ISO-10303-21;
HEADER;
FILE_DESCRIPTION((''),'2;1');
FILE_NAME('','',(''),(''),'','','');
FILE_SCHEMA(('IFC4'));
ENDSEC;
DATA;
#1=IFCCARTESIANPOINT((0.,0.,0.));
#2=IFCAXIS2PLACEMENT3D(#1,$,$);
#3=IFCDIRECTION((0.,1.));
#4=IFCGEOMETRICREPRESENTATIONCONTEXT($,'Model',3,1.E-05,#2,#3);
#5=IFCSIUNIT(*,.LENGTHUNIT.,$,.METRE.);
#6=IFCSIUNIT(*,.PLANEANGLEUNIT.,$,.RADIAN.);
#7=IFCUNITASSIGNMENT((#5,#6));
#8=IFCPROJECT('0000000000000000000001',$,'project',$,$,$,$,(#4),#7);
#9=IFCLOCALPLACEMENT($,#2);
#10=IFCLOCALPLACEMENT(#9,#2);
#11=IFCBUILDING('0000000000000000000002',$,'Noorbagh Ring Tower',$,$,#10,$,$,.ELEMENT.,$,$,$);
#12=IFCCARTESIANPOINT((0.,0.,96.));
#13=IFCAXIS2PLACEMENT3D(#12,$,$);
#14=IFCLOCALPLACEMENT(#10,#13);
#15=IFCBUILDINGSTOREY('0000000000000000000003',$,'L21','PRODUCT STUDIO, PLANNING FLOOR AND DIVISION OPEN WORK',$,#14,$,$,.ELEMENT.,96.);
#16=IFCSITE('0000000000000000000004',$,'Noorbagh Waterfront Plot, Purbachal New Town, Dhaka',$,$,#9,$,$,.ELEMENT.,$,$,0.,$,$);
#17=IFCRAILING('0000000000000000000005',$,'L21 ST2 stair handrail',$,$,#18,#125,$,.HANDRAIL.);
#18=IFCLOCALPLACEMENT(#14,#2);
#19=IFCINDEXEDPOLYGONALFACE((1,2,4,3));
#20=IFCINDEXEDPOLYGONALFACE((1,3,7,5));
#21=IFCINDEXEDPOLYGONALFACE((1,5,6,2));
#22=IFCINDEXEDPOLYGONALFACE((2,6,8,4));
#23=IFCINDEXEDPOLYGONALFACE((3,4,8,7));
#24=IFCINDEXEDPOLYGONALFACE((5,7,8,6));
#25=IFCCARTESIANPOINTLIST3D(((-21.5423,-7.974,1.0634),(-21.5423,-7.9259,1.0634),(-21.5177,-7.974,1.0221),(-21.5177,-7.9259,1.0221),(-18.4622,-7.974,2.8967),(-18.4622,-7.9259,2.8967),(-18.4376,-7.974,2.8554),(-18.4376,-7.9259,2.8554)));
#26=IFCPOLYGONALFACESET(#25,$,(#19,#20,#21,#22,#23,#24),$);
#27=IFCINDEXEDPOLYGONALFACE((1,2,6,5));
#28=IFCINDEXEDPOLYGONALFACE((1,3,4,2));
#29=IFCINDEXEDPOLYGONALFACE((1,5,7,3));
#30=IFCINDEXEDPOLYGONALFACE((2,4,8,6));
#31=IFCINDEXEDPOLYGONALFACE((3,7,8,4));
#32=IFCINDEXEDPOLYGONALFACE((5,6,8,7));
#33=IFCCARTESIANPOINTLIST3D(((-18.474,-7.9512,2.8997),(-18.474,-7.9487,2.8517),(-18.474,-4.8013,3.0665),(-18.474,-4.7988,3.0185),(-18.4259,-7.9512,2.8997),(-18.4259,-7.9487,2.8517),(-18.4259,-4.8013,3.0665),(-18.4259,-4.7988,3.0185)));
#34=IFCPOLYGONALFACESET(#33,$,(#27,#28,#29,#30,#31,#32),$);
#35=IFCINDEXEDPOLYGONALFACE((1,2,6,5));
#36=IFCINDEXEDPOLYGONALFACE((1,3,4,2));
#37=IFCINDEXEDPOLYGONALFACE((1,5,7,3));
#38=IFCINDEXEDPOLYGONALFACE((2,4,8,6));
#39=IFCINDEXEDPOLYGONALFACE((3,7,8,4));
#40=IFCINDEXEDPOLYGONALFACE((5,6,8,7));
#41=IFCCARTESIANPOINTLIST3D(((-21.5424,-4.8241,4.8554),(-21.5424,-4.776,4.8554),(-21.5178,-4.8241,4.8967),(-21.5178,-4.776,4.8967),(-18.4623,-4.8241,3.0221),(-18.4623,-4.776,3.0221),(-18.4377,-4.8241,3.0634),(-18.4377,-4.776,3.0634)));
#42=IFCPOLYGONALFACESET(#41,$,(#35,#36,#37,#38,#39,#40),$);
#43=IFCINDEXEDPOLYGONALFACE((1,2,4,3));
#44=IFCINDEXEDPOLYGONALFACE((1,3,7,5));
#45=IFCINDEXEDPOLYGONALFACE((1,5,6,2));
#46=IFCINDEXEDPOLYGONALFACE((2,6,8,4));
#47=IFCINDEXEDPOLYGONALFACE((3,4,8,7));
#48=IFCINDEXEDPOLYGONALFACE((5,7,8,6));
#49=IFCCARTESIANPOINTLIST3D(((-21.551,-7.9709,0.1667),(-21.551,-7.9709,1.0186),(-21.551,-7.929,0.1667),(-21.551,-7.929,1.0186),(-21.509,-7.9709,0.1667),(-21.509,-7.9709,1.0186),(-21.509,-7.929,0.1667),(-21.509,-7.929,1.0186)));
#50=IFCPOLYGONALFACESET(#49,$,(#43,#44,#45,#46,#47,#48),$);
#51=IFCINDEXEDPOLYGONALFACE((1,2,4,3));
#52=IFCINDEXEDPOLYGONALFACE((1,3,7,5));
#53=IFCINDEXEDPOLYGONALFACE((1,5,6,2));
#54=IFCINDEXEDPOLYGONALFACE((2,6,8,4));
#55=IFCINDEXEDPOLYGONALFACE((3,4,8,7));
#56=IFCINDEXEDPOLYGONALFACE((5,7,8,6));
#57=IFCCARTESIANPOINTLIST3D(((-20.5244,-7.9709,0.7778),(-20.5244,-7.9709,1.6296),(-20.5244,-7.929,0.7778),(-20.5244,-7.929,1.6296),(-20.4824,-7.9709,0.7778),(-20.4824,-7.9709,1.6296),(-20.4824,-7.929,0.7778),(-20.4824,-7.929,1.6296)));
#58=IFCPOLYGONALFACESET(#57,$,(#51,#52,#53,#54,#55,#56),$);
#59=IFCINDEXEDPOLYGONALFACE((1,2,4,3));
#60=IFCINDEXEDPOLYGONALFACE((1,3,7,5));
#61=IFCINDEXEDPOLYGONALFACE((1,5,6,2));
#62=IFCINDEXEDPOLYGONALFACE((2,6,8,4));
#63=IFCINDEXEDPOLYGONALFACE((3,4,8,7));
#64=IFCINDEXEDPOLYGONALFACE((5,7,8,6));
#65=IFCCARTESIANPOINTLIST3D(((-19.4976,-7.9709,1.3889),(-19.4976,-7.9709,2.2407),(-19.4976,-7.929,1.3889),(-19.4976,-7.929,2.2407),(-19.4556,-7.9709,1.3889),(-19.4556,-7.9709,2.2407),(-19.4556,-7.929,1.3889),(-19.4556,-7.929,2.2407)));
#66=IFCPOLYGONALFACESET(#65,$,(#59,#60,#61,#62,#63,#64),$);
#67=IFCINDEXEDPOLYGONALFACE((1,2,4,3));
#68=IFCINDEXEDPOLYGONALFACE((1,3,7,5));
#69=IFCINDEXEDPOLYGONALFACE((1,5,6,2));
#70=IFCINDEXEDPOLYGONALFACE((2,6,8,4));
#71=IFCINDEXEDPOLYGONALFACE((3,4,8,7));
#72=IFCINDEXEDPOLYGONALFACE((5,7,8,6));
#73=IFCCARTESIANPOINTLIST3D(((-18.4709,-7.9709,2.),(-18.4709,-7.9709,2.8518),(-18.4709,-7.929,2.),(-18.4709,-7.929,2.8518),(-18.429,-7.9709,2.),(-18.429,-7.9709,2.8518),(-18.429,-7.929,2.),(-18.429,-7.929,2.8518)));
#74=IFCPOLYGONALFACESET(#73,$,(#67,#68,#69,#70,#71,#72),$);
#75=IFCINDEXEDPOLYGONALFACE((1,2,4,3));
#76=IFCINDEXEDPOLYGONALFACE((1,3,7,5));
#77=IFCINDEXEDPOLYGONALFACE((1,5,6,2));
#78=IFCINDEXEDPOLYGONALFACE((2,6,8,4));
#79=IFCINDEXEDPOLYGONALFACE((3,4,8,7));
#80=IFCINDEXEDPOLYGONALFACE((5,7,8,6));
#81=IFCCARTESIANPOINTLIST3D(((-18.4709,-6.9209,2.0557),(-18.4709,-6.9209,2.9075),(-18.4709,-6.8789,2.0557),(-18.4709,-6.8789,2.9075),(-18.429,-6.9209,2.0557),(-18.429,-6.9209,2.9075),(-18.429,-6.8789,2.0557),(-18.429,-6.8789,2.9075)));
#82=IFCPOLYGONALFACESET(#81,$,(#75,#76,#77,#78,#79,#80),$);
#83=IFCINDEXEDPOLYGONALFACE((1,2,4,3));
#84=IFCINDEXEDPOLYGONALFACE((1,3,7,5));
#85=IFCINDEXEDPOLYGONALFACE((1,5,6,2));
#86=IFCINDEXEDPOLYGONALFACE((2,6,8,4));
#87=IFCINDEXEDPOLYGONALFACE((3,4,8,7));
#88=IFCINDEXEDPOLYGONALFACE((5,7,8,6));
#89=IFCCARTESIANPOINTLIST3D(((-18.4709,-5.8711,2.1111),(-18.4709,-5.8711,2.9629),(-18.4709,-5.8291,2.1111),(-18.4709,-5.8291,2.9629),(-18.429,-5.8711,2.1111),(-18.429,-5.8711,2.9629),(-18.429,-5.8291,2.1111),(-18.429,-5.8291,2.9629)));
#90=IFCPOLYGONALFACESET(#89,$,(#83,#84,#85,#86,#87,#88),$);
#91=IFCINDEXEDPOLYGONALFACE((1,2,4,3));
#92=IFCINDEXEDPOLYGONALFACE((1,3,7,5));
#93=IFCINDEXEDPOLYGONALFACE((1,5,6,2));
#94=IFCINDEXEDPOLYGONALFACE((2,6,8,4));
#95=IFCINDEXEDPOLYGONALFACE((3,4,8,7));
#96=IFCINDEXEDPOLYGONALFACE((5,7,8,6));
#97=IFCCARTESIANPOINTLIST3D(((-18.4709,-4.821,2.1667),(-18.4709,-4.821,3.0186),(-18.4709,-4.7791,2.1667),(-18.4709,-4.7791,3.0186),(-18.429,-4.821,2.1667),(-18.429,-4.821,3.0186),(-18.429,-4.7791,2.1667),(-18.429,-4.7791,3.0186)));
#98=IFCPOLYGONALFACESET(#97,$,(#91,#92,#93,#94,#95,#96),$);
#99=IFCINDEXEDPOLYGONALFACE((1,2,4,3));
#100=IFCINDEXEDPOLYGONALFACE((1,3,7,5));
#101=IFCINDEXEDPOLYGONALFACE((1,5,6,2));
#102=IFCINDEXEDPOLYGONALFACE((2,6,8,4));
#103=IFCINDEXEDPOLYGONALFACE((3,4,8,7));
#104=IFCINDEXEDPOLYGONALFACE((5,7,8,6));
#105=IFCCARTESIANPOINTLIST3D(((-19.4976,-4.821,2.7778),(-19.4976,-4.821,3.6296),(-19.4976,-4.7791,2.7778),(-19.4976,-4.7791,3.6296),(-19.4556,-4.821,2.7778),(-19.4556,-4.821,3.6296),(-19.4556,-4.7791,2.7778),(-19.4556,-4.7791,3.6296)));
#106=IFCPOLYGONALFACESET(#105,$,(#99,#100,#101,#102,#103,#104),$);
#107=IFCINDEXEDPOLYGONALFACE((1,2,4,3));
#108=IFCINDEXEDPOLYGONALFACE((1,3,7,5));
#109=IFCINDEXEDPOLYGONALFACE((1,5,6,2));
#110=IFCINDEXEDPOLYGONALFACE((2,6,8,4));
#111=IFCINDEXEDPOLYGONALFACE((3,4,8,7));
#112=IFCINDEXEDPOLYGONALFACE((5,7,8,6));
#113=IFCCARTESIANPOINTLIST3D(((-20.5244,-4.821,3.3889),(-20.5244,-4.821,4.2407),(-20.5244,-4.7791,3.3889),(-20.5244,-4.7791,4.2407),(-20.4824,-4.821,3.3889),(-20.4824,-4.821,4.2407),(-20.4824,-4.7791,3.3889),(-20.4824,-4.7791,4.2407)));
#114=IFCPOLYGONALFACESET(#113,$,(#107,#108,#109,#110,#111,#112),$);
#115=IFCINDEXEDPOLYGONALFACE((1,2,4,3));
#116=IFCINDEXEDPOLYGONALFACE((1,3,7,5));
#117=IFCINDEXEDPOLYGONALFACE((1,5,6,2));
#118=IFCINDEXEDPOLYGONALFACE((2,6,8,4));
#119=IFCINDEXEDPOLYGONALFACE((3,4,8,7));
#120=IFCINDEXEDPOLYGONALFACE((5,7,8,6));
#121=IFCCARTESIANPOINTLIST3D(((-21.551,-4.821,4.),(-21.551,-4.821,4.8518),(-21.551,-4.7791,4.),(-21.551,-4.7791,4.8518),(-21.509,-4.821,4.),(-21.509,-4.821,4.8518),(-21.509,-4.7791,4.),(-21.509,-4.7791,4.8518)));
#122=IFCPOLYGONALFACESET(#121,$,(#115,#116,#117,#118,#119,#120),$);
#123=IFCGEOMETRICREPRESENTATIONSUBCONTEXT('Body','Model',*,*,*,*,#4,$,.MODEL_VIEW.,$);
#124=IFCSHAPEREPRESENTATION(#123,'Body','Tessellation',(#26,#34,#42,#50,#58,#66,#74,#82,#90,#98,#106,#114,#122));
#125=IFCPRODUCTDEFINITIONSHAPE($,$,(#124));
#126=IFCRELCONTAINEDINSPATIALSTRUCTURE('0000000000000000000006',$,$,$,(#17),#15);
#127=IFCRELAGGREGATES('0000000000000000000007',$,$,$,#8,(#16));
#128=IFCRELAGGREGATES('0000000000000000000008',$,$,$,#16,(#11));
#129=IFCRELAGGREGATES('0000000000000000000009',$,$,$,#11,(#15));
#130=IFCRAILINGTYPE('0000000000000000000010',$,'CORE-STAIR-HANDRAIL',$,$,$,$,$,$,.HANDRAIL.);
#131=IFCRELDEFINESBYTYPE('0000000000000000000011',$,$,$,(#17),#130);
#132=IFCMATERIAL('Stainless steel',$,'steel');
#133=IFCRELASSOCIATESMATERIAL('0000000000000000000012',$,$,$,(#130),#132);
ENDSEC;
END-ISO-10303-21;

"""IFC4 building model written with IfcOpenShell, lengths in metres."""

from ifc_helpers import new_model, si_unit, direction, frame, origin, origin_2d, place, context, subcontext, project, spatial, rectangle, extrude, material, type_object, element, save


model = new_model("IFC4")

# Units and contexts
model_context = context("Model", 3, precision=1e-05, world=origin(), true_north=direction((0.0, 1.0)))
body_context = subcontext(model_context, "Body", "Model", "MODEL_VIEW")
ifc_project = project(units=[si_unit("LENGTHUNIT", "METRE"), si_unit("PLANEANGLEUNIT", "RADIAN")], contexts=[model_context])

# Site, building, storey
site_placement = place(None, origin())
site = spatial("IfcSite", under=ifc_project, at=site_placement, Name="Noorbagh Waterfront Plot, Purbachal New Town, Dhaka", CompositionType="ELEMENT", RefElevation=0.0)
building_placement = place(site_placement, origin())
building = spatial("IfcBuilding", under=site, at=building_placement, Name="Noorbagh Ring Tower", CompositionType="ELEMENT")
storey_placement = place(building_placement, frame((0.0, 0.0, 96.0)))
storey = spatial("IfcBuildingStorey", under=building, at=storey_placement, Name="L21", Description="PRODUCT STUDIO, PLANNING FLOOR AND DIVISION OPEN WORK", CompositionType="ELEMENT", Elevation=96.0)

# Railing
ifc_material_1 = material(Name="Stainless steel", Category="steel")
railing_type_1 = type_object("IfcRailingType", Name="CORE-STAIR-HANDRAIL", PredefinedType="HANDRAIL", material=ifc_material_1)
railing_1_placement = place(storey_placement, frame((-21.53, -7.95, 0.1667)))
element("IfcRailing", 1, at=railing_1_placement, inside=storey, type_object=railing_type_1, Name="L21 ST2 stair handrail", PredefinedType="HANDRAIL", context=body_context, shape_type="SweptSolid", body=[
    extrude(rectangle(XDim=0.0481, YDim=0.0481, at=origin_2d()), frame((0.0, 0.0, 0.876), z_axis=(0.859309, 0.0, 0.511458), x_axis=(0.0, 1.0, 0.0)), (0.0, 0.0, 1.0), 3.5845),
    extrude(rectangle(XDim=0.0481, YDim=0.0481, at=origin_2d()), frame((3.0801, 0.0, 2.709), z_axis=(0.0, 0.998602, 0.052864), x_axis=(-1.0, 0.0, 0.0)), (0.0, 0.0, 1.0), 3.1543),
    extrude(rectangle(XDim=0.0481, YDim=0.0481, at=origin_2d()), frame((3.0801, 3.1499, 2.876), z_axis=(-0.859309, 0.0, 0.511458), x_axis=(0.0, -1.0, 0.0)), (0.0, 0.0, 1.0), 3.5845),
    extrude(rectangle(XDim=0.042, YDim=0.042, at=origin_2d()), origin(), (0.0, 0.0, 1.0), 0.8518),
    extrude(rectangle(XDim=0.042, YDim=0.042, at=origin_2d()), frame((1.0266, 0.0, 0.6111)), (0.0, 0.0, 1.0), 0.8518),
    extrude(rectangle(XDim=0.042, YDim=0.042, at=origin_2d()), frame((2.0535, 0.0, 1.2222)), (0.0, 0.0, 1.0), 0.8518),
    extrude(rectangle(XDim=0.042, YDim=0.042, at=origin_2d()), frame((3.0801, 0.0, 1.8333)), (0.0, 0.0, 1.0), 0.8518),
    extrude(rectangle(XDim=0.042, YDim=0.042, at=origin_2d()), frame((3.0801, 1.05, 1.8889)), (0.0, 0.0, 1.0), 0.8518),
    extrude(rectangle(XDim=0.042, YDim=0.042, at=origin_2d()), frame((3.0801, 2.0999, 1.9443)), (0.0, 0.0, 1.0), 0.8518),
    extrude(rectangle(XDim=0.042, YDim=0.042, at=origin_2d()), frame((3.0801, 3.1499, 2.0)), (0.0, 0.0, 1.0), 0.8518),
    extrude(rectangle(XDim=0.042, YDim=0.042, at=origin_2d()), frame((2.0535, 3.1499, 2.6111)), (0.0, 0.0, 1.0), 0.8518),
    extrude(rectangle(XDim=0.042, YDim=0.042, at=origin_2d()), frame((1.0266, 3.1499, 3.2222)), (0.0, 0.0, 1.0), 0.8518),
    extrude(rectangle(XDim=0.042, YDim=0.042, at=origin_2d()), frame((0.0, 3.1499, 3.8333)), (0.0, 0.0, 1.0), 0.8518),
])

save(model, "model.ifc")
